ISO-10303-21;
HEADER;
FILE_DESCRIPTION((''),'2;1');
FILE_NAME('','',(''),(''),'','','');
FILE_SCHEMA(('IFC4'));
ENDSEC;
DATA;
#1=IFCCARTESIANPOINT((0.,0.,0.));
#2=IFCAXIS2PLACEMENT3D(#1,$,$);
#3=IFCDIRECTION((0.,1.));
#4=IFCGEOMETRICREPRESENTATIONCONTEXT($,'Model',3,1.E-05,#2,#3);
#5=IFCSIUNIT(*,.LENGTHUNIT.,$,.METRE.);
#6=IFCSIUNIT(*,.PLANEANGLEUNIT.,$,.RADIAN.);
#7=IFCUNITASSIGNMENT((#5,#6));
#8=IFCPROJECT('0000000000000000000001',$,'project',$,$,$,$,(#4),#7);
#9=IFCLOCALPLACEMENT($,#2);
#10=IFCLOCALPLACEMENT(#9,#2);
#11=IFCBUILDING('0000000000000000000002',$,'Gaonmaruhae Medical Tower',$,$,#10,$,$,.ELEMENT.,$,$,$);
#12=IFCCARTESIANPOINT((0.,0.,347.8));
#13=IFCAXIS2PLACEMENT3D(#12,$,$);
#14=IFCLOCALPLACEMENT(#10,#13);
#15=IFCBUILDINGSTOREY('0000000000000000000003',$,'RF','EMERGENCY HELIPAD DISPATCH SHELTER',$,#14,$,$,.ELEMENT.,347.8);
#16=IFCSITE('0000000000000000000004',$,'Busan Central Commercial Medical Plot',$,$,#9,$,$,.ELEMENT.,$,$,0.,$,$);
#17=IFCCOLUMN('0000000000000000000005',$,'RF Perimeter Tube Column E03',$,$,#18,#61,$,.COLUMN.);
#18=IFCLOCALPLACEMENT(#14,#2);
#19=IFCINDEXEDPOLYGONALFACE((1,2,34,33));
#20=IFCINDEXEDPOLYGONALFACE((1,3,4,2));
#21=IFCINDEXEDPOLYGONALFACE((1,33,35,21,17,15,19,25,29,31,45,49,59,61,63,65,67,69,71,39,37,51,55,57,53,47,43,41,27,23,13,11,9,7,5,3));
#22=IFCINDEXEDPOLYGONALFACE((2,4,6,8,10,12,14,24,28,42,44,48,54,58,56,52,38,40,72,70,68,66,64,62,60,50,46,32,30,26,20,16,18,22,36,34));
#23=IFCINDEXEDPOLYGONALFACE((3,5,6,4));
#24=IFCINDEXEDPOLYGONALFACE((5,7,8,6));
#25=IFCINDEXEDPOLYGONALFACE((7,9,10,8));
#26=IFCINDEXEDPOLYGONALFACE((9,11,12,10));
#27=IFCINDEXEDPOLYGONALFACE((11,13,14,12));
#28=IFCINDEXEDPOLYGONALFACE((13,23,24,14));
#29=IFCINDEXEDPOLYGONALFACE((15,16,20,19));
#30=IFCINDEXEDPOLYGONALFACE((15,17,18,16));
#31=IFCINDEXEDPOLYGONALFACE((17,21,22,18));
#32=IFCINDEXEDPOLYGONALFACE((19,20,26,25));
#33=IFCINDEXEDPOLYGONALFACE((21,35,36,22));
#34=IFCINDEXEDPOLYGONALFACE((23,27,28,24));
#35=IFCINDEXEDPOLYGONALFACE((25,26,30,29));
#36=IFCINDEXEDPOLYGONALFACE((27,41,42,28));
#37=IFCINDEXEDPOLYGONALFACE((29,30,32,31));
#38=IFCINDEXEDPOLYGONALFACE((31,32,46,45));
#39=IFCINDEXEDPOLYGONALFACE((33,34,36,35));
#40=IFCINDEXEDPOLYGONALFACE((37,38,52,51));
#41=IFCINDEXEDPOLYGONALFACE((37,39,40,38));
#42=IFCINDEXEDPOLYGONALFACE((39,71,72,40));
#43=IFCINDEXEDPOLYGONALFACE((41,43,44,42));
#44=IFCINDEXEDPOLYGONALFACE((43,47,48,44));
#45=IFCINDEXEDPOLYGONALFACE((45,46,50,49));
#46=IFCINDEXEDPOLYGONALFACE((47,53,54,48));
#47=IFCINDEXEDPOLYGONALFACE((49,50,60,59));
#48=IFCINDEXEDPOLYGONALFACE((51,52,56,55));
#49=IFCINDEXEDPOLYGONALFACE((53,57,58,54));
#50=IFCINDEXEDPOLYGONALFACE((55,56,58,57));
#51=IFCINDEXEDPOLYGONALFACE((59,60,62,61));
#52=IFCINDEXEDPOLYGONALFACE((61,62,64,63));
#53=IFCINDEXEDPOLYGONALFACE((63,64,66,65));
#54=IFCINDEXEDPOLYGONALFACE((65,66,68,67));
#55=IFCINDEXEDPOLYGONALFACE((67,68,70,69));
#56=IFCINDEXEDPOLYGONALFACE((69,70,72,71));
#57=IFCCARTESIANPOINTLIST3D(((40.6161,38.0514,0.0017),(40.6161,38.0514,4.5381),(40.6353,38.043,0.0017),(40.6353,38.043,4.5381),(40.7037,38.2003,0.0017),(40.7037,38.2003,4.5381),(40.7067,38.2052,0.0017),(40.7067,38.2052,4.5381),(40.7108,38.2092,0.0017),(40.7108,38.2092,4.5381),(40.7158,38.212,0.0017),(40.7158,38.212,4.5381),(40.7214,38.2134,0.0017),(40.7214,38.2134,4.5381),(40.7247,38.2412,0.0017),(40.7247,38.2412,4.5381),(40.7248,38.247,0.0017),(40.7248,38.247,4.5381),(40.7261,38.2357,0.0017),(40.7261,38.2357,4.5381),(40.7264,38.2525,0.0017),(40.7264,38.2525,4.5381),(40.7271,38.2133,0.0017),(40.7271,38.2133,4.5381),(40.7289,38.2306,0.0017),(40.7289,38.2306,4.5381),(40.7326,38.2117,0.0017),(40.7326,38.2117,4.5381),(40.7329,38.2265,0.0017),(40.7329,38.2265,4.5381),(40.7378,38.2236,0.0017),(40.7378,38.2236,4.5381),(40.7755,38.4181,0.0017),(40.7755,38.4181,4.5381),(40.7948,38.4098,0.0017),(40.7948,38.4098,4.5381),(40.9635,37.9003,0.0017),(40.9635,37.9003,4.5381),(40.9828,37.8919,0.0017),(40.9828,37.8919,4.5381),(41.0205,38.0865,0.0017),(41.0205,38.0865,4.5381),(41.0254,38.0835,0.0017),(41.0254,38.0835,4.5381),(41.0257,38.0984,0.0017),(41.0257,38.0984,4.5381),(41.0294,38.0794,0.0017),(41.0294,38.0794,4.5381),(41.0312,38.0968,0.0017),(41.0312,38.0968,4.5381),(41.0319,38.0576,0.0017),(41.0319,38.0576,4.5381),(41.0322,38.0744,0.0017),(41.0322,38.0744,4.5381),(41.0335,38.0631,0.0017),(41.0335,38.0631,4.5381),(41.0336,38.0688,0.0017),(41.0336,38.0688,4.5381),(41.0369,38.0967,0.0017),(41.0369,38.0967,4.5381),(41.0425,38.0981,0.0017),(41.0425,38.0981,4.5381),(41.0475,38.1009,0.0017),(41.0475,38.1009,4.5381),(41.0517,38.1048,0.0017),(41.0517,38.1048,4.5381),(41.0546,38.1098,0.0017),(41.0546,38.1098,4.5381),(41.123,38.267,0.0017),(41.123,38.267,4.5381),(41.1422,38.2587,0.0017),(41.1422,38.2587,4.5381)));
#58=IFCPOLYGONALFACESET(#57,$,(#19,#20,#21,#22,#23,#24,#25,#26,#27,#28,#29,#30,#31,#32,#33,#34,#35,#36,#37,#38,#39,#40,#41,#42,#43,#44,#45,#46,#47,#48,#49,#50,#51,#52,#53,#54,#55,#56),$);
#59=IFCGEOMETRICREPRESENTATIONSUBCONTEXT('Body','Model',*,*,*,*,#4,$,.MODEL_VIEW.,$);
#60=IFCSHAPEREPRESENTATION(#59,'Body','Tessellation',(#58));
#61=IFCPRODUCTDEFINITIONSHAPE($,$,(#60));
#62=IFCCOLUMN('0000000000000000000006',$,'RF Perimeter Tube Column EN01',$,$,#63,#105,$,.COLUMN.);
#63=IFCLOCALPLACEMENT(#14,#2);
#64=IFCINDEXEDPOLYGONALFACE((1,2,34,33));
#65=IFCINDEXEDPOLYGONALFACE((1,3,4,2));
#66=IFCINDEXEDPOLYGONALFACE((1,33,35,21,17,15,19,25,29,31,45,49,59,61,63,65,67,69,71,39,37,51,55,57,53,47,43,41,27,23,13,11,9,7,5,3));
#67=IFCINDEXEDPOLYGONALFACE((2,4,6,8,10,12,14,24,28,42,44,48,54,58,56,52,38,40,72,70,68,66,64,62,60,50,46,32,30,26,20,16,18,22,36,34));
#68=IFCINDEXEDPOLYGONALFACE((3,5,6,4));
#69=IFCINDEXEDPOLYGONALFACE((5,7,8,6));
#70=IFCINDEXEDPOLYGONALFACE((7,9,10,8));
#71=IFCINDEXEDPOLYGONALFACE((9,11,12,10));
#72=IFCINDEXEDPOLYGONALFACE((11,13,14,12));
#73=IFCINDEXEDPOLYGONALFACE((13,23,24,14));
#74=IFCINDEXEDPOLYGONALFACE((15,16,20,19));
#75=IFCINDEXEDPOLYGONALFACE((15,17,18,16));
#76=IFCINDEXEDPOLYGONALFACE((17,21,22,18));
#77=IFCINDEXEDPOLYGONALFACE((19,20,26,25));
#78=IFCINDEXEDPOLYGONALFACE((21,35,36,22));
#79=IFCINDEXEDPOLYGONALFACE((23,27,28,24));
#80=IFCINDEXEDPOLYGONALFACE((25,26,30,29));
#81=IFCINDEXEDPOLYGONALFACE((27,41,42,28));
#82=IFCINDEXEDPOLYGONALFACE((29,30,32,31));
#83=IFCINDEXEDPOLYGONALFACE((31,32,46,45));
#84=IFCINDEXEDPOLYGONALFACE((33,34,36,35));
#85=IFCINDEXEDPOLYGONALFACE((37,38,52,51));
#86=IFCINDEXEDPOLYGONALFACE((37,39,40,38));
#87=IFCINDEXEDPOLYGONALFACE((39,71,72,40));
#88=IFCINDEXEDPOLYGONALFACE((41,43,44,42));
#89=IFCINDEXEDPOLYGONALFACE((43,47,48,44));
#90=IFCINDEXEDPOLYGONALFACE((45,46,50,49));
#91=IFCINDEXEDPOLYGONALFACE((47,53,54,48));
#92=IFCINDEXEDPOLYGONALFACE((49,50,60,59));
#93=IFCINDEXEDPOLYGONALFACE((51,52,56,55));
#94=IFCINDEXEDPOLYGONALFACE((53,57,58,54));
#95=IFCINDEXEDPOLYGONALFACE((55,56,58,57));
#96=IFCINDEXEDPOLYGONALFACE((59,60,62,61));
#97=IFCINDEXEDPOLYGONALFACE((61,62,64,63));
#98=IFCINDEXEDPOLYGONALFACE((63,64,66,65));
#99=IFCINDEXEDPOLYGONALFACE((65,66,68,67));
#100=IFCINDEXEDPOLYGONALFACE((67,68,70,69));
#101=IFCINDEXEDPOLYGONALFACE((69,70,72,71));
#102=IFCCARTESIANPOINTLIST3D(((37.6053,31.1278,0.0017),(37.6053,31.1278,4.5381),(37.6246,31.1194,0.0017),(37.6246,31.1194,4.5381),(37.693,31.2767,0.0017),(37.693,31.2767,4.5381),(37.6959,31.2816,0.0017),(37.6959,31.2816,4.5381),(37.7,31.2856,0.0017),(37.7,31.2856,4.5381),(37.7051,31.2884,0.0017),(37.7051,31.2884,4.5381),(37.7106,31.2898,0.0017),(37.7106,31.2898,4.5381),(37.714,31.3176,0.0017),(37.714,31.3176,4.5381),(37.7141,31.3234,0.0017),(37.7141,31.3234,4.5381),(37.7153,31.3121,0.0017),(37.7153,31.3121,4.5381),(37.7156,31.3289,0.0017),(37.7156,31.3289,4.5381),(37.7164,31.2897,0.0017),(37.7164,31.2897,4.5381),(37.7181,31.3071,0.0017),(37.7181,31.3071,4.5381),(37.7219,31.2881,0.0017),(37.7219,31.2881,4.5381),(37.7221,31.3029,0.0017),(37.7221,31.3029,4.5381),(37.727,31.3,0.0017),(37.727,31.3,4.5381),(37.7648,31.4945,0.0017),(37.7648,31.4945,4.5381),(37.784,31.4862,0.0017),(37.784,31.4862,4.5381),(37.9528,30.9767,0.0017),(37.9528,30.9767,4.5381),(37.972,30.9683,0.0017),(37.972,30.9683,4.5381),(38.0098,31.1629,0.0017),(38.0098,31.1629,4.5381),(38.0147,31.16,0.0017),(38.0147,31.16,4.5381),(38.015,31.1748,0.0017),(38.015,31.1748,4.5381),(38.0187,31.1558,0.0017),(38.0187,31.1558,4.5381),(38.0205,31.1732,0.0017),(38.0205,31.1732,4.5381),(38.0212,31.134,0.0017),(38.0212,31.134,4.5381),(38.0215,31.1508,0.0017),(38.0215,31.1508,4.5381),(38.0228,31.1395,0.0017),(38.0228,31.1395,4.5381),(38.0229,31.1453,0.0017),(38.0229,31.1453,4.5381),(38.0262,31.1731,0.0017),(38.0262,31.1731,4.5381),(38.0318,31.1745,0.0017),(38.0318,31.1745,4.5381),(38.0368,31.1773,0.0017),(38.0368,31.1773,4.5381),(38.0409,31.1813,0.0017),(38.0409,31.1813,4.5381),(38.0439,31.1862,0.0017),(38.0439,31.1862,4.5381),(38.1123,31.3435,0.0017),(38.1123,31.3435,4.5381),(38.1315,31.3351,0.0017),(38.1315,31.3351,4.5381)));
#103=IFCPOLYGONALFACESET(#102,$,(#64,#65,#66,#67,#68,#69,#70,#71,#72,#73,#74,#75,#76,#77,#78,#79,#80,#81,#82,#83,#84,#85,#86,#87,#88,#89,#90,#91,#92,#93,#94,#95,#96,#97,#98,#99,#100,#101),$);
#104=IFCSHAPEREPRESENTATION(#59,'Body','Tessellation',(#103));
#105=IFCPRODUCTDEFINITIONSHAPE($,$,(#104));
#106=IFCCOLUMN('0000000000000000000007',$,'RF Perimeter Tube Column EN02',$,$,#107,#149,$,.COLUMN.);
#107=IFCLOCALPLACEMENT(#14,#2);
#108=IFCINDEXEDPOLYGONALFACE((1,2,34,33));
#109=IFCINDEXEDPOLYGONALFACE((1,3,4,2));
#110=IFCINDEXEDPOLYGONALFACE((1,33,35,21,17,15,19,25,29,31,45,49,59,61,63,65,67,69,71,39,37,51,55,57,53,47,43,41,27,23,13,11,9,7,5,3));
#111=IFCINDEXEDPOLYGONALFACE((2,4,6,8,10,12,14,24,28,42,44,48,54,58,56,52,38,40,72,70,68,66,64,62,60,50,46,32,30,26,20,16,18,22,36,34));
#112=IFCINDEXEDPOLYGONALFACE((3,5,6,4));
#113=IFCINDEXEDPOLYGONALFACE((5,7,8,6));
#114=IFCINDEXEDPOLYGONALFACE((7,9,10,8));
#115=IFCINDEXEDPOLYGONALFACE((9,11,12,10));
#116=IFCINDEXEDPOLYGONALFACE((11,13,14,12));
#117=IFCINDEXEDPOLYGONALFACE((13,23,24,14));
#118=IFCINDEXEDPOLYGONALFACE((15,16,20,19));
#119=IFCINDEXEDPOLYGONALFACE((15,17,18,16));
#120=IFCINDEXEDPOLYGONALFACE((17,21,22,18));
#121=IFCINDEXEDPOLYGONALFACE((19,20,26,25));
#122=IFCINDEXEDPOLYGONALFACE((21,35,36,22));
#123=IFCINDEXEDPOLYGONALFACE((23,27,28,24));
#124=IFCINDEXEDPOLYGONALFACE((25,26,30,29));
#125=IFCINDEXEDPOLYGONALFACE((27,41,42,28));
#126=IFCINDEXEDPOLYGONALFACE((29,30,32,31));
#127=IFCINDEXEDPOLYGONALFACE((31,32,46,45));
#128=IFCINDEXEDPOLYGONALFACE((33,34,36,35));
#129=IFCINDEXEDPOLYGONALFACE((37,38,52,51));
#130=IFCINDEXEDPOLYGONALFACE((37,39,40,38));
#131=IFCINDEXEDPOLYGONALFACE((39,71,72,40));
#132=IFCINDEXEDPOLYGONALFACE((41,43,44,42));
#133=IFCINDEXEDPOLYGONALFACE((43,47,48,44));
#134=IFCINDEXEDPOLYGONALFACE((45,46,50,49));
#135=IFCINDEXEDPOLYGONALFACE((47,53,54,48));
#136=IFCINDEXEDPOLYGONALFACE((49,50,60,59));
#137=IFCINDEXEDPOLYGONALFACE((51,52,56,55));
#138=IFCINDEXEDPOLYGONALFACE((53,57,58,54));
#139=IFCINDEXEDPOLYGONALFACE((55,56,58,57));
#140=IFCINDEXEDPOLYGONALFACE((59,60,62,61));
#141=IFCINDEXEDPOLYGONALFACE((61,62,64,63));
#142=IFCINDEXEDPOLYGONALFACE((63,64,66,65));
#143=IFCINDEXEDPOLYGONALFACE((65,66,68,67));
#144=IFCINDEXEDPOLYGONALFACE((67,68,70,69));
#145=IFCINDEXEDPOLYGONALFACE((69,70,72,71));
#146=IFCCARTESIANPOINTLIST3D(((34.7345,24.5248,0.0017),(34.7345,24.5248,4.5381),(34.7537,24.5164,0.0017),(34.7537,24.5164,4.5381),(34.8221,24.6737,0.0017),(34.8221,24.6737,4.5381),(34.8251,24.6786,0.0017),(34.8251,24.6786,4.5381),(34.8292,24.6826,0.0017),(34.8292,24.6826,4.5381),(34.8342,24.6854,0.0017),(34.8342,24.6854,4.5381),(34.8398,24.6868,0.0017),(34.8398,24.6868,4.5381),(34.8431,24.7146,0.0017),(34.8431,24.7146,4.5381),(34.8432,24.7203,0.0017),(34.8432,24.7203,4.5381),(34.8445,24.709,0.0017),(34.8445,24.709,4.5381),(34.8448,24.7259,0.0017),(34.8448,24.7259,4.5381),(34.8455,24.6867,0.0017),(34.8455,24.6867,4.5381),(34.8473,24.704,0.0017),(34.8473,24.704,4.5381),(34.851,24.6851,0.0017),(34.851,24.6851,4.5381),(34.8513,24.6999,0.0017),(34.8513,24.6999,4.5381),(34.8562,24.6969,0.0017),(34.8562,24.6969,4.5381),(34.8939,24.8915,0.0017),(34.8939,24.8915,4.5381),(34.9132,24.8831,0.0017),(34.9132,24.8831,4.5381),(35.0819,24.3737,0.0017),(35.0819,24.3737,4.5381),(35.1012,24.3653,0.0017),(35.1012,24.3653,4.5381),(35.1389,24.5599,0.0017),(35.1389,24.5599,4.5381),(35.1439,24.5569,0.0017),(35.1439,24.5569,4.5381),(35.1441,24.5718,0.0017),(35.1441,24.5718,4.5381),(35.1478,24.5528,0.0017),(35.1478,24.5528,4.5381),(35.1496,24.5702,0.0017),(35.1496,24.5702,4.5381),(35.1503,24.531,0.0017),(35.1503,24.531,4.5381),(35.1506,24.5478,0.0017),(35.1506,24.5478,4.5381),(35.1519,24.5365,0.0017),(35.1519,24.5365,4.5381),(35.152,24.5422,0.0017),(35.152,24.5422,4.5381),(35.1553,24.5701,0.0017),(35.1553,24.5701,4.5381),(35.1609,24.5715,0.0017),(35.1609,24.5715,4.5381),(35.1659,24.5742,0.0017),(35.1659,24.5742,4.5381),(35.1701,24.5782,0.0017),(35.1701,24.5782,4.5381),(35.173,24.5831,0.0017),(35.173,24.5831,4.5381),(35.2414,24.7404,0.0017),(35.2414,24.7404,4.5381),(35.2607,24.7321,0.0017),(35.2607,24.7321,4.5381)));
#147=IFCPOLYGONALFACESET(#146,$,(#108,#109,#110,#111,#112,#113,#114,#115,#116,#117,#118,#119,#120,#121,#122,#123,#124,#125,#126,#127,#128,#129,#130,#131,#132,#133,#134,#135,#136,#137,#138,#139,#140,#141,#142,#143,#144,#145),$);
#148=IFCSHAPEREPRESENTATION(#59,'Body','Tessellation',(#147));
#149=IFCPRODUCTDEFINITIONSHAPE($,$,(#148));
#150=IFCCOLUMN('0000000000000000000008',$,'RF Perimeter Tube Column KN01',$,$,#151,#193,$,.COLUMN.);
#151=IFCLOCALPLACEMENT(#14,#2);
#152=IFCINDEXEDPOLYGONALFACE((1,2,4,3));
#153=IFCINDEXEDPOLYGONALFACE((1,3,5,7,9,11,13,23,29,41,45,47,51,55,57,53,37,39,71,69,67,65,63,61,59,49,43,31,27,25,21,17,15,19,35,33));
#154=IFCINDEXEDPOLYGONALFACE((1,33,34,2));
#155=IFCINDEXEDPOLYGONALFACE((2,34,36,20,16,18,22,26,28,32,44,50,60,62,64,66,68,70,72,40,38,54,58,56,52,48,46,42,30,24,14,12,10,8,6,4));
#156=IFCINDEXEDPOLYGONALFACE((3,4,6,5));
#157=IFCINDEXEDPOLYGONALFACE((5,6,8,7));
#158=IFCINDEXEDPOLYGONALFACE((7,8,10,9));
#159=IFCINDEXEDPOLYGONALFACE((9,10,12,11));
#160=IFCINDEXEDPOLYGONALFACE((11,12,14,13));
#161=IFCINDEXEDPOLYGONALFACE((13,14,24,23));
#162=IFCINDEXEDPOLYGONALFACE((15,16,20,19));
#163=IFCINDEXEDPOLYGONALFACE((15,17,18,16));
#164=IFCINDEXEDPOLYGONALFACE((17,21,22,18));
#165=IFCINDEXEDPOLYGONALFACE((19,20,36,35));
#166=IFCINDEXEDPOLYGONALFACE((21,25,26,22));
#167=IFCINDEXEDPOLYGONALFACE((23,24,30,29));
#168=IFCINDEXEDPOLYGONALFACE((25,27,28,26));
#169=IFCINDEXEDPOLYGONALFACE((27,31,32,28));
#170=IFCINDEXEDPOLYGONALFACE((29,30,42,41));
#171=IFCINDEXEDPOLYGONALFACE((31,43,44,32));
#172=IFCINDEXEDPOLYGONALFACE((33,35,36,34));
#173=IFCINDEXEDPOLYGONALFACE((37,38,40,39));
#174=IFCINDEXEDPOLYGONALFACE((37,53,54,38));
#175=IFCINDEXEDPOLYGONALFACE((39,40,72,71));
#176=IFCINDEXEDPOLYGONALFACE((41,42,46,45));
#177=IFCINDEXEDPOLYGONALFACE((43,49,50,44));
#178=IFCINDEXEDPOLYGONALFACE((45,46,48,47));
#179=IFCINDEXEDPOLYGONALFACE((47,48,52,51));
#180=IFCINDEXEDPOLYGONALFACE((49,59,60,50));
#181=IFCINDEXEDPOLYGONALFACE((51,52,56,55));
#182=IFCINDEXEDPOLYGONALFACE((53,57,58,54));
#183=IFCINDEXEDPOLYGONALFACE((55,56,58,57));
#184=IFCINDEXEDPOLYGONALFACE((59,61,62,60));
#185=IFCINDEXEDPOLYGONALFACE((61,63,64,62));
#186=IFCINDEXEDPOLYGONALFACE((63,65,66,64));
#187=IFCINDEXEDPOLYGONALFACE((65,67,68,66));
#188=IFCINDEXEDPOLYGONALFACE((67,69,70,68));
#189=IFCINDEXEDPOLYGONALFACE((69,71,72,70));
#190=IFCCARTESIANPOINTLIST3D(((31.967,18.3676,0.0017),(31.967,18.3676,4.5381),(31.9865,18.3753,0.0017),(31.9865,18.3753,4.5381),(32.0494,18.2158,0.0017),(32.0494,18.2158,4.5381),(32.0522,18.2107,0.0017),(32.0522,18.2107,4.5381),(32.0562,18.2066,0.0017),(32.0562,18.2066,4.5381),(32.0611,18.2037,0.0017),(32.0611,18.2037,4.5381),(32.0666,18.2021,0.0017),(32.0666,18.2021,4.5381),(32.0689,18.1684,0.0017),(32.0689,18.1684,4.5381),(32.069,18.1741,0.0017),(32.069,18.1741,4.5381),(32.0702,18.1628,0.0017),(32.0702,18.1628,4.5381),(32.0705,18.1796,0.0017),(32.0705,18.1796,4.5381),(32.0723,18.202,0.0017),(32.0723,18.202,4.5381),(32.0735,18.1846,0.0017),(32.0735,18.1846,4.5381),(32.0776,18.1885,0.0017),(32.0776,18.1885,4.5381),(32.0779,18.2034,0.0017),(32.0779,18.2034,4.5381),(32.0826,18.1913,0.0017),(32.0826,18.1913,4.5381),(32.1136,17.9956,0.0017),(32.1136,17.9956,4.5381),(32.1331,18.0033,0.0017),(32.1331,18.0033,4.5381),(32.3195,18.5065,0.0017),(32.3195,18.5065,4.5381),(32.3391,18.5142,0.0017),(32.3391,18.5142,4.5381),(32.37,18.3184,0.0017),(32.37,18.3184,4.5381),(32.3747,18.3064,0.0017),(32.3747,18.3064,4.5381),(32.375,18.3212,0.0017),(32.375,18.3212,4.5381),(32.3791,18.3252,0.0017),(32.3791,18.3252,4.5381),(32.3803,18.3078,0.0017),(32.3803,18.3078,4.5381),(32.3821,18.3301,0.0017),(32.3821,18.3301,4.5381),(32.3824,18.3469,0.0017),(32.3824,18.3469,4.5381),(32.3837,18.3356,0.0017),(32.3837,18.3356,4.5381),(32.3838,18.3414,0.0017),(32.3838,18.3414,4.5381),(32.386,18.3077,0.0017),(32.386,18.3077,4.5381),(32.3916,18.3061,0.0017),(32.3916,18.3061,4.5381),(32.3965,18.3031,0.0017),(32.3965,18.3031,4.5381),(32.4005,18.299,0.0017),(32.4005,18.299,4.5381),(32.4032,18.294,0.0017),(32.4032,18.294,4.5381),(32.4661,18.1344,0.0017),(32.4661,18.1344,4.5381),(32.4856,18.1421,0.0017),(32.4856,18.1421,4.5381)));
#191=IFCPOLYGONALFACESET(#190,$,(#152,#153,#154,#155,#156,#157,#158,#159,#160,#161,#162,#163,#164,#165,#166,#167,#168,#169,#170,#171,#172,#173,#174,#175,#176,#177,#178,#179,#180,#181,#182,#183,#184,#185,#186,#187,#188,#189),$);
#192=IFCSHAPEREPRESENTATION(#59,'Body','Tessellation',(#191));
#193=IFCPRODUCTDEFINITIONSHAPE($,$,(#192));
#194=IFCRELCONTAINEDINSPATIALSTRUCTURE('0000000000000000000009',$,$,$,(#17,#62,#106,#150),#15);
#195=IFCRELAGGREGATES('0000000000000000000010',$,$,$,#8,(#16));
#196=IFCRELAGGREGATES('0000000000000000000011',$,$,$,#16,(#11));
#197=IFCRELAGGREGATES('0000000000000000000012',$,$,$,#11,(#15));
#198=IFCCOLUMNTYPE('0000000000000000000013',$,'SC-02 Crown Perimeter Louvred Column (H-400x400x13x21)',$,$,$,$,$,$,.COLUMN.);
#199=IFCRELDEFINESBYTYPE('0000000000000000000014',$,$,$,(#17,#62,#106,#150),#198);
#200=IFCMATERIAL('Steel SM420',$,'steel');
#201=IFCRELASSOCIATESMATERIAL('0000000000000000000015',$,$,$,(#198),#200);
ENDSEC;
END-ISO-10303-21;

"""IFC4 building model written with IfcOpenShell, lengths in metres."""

from ifc_helpers import new_model, si_unit, direction, frame, origin, origin_2d, place, context, subcontext, project, spatial, i_section, extrude, material, material_profile, profile_set, type_object, element, save


model = new_model("IFC4")

# Units and contexts
model_context = context("Model", 3, precision=1e-05, world=origin(), true_north=direction((0.0, 1.0)))
body_context = subcontext(model_context, "Body", "Model", "MODEL_VIEW")
ifc_project = project(units=[si_unit("LENGTHUNIT", "METRE"), si_unit("PLANEANGLEUNIT", "RADIAN")], contexts=[model_context])

# Site, building, storey
site_placement = place(None, origin())
site = spatial("IfcSite", under=ifc_project, at=site_placement, Name="Busan Central Commercial Medical Plot", CompositionType="ELEMENT", RefElevation=0.0)
building_placement = place(site_placement, origin())
building = spatial("IfcBuilding", under=site, at=building_placement, Name="Gaonmaruhae Medical Tower", CompositionType="ELEMENT")
storey_placement = place(building_placement, frame((0.0, 0.0, 347.8)))
storey = spatial("IfcBuildingStorey", under=building, at=storey_placement, Name="RF", Description="EMERGENCY HELIPAD DISPATCH SHELTER", CompositionType="ELEMENT", Elevation=347.8)

# Columns
ifc_material_1 = material(Name="Steel SM420", Category="steel")
ifc_material_profile_1 = material_profile(ifc_material_1, i_section(OverallWidth=0.3999, OverallDepth=0.3999, WebThickness=0.0129, FlangeThickness=0.021, FilletRadius=0.022, at=origin_2d()), Name="H-400x400x13x21")
ifc_profile_set_1 = profile_set([ifc_material_profile_1], Name="Steel SM420")
column_type = type_object("IfcColumnType", Name="SC-02 Crown Perimeter Louvred Column (H-400x400x13x21)", PredefinedType="COLUMN", material=ifc_profile_set_1)
for number, where, z_axis, x_axis, name in (
    (1, (40.8792, 38.155, 0.0017), (0.0, 0.0, 1.0), (0.398749, 0.91706, 0.0), "RF Perimeter Tube Column E03"),
    (2, (37.8684, 31.2314, 0.0017), (0.0, 0.0, 1.0), (0.398749, 0.91706, 0.0), "RF Perimeter Tube Column EN01"),
    (3, (34.9976, 24.6284, 0.0017), (0.0, 0.0, 1.0), (0.398749, 0.91706, 0.0), "RF Perimeter Tube Column EN02"),
    (4, (32.2263, 18.2549, 0.0017), (0.0, 0.0, 1.0), (-0.366501, 0.930418, 0.0), "RF Perimeter Tube Column KN01"),
):
    element("IfcColumn", number, at=place(storey_placement, frame(where, z_axis=z_axis, x_axis=x_axis)), inside=storey, type_object=column_type, Name=name, PredefinedType="COLUMN", context=body_context, shape_type="SweptSolid", body=[
        extrude(i_section(OverallWidth=0.3999, OverallDepth=0.3999, WebThickness=0.0129, FlangeThickness=0.021, FilletRadius=0.022, at=origin_2d()), origin(), (0.0, 0.0, 1.0), 4.5364),
    ])

save(model, "model.ifc")
